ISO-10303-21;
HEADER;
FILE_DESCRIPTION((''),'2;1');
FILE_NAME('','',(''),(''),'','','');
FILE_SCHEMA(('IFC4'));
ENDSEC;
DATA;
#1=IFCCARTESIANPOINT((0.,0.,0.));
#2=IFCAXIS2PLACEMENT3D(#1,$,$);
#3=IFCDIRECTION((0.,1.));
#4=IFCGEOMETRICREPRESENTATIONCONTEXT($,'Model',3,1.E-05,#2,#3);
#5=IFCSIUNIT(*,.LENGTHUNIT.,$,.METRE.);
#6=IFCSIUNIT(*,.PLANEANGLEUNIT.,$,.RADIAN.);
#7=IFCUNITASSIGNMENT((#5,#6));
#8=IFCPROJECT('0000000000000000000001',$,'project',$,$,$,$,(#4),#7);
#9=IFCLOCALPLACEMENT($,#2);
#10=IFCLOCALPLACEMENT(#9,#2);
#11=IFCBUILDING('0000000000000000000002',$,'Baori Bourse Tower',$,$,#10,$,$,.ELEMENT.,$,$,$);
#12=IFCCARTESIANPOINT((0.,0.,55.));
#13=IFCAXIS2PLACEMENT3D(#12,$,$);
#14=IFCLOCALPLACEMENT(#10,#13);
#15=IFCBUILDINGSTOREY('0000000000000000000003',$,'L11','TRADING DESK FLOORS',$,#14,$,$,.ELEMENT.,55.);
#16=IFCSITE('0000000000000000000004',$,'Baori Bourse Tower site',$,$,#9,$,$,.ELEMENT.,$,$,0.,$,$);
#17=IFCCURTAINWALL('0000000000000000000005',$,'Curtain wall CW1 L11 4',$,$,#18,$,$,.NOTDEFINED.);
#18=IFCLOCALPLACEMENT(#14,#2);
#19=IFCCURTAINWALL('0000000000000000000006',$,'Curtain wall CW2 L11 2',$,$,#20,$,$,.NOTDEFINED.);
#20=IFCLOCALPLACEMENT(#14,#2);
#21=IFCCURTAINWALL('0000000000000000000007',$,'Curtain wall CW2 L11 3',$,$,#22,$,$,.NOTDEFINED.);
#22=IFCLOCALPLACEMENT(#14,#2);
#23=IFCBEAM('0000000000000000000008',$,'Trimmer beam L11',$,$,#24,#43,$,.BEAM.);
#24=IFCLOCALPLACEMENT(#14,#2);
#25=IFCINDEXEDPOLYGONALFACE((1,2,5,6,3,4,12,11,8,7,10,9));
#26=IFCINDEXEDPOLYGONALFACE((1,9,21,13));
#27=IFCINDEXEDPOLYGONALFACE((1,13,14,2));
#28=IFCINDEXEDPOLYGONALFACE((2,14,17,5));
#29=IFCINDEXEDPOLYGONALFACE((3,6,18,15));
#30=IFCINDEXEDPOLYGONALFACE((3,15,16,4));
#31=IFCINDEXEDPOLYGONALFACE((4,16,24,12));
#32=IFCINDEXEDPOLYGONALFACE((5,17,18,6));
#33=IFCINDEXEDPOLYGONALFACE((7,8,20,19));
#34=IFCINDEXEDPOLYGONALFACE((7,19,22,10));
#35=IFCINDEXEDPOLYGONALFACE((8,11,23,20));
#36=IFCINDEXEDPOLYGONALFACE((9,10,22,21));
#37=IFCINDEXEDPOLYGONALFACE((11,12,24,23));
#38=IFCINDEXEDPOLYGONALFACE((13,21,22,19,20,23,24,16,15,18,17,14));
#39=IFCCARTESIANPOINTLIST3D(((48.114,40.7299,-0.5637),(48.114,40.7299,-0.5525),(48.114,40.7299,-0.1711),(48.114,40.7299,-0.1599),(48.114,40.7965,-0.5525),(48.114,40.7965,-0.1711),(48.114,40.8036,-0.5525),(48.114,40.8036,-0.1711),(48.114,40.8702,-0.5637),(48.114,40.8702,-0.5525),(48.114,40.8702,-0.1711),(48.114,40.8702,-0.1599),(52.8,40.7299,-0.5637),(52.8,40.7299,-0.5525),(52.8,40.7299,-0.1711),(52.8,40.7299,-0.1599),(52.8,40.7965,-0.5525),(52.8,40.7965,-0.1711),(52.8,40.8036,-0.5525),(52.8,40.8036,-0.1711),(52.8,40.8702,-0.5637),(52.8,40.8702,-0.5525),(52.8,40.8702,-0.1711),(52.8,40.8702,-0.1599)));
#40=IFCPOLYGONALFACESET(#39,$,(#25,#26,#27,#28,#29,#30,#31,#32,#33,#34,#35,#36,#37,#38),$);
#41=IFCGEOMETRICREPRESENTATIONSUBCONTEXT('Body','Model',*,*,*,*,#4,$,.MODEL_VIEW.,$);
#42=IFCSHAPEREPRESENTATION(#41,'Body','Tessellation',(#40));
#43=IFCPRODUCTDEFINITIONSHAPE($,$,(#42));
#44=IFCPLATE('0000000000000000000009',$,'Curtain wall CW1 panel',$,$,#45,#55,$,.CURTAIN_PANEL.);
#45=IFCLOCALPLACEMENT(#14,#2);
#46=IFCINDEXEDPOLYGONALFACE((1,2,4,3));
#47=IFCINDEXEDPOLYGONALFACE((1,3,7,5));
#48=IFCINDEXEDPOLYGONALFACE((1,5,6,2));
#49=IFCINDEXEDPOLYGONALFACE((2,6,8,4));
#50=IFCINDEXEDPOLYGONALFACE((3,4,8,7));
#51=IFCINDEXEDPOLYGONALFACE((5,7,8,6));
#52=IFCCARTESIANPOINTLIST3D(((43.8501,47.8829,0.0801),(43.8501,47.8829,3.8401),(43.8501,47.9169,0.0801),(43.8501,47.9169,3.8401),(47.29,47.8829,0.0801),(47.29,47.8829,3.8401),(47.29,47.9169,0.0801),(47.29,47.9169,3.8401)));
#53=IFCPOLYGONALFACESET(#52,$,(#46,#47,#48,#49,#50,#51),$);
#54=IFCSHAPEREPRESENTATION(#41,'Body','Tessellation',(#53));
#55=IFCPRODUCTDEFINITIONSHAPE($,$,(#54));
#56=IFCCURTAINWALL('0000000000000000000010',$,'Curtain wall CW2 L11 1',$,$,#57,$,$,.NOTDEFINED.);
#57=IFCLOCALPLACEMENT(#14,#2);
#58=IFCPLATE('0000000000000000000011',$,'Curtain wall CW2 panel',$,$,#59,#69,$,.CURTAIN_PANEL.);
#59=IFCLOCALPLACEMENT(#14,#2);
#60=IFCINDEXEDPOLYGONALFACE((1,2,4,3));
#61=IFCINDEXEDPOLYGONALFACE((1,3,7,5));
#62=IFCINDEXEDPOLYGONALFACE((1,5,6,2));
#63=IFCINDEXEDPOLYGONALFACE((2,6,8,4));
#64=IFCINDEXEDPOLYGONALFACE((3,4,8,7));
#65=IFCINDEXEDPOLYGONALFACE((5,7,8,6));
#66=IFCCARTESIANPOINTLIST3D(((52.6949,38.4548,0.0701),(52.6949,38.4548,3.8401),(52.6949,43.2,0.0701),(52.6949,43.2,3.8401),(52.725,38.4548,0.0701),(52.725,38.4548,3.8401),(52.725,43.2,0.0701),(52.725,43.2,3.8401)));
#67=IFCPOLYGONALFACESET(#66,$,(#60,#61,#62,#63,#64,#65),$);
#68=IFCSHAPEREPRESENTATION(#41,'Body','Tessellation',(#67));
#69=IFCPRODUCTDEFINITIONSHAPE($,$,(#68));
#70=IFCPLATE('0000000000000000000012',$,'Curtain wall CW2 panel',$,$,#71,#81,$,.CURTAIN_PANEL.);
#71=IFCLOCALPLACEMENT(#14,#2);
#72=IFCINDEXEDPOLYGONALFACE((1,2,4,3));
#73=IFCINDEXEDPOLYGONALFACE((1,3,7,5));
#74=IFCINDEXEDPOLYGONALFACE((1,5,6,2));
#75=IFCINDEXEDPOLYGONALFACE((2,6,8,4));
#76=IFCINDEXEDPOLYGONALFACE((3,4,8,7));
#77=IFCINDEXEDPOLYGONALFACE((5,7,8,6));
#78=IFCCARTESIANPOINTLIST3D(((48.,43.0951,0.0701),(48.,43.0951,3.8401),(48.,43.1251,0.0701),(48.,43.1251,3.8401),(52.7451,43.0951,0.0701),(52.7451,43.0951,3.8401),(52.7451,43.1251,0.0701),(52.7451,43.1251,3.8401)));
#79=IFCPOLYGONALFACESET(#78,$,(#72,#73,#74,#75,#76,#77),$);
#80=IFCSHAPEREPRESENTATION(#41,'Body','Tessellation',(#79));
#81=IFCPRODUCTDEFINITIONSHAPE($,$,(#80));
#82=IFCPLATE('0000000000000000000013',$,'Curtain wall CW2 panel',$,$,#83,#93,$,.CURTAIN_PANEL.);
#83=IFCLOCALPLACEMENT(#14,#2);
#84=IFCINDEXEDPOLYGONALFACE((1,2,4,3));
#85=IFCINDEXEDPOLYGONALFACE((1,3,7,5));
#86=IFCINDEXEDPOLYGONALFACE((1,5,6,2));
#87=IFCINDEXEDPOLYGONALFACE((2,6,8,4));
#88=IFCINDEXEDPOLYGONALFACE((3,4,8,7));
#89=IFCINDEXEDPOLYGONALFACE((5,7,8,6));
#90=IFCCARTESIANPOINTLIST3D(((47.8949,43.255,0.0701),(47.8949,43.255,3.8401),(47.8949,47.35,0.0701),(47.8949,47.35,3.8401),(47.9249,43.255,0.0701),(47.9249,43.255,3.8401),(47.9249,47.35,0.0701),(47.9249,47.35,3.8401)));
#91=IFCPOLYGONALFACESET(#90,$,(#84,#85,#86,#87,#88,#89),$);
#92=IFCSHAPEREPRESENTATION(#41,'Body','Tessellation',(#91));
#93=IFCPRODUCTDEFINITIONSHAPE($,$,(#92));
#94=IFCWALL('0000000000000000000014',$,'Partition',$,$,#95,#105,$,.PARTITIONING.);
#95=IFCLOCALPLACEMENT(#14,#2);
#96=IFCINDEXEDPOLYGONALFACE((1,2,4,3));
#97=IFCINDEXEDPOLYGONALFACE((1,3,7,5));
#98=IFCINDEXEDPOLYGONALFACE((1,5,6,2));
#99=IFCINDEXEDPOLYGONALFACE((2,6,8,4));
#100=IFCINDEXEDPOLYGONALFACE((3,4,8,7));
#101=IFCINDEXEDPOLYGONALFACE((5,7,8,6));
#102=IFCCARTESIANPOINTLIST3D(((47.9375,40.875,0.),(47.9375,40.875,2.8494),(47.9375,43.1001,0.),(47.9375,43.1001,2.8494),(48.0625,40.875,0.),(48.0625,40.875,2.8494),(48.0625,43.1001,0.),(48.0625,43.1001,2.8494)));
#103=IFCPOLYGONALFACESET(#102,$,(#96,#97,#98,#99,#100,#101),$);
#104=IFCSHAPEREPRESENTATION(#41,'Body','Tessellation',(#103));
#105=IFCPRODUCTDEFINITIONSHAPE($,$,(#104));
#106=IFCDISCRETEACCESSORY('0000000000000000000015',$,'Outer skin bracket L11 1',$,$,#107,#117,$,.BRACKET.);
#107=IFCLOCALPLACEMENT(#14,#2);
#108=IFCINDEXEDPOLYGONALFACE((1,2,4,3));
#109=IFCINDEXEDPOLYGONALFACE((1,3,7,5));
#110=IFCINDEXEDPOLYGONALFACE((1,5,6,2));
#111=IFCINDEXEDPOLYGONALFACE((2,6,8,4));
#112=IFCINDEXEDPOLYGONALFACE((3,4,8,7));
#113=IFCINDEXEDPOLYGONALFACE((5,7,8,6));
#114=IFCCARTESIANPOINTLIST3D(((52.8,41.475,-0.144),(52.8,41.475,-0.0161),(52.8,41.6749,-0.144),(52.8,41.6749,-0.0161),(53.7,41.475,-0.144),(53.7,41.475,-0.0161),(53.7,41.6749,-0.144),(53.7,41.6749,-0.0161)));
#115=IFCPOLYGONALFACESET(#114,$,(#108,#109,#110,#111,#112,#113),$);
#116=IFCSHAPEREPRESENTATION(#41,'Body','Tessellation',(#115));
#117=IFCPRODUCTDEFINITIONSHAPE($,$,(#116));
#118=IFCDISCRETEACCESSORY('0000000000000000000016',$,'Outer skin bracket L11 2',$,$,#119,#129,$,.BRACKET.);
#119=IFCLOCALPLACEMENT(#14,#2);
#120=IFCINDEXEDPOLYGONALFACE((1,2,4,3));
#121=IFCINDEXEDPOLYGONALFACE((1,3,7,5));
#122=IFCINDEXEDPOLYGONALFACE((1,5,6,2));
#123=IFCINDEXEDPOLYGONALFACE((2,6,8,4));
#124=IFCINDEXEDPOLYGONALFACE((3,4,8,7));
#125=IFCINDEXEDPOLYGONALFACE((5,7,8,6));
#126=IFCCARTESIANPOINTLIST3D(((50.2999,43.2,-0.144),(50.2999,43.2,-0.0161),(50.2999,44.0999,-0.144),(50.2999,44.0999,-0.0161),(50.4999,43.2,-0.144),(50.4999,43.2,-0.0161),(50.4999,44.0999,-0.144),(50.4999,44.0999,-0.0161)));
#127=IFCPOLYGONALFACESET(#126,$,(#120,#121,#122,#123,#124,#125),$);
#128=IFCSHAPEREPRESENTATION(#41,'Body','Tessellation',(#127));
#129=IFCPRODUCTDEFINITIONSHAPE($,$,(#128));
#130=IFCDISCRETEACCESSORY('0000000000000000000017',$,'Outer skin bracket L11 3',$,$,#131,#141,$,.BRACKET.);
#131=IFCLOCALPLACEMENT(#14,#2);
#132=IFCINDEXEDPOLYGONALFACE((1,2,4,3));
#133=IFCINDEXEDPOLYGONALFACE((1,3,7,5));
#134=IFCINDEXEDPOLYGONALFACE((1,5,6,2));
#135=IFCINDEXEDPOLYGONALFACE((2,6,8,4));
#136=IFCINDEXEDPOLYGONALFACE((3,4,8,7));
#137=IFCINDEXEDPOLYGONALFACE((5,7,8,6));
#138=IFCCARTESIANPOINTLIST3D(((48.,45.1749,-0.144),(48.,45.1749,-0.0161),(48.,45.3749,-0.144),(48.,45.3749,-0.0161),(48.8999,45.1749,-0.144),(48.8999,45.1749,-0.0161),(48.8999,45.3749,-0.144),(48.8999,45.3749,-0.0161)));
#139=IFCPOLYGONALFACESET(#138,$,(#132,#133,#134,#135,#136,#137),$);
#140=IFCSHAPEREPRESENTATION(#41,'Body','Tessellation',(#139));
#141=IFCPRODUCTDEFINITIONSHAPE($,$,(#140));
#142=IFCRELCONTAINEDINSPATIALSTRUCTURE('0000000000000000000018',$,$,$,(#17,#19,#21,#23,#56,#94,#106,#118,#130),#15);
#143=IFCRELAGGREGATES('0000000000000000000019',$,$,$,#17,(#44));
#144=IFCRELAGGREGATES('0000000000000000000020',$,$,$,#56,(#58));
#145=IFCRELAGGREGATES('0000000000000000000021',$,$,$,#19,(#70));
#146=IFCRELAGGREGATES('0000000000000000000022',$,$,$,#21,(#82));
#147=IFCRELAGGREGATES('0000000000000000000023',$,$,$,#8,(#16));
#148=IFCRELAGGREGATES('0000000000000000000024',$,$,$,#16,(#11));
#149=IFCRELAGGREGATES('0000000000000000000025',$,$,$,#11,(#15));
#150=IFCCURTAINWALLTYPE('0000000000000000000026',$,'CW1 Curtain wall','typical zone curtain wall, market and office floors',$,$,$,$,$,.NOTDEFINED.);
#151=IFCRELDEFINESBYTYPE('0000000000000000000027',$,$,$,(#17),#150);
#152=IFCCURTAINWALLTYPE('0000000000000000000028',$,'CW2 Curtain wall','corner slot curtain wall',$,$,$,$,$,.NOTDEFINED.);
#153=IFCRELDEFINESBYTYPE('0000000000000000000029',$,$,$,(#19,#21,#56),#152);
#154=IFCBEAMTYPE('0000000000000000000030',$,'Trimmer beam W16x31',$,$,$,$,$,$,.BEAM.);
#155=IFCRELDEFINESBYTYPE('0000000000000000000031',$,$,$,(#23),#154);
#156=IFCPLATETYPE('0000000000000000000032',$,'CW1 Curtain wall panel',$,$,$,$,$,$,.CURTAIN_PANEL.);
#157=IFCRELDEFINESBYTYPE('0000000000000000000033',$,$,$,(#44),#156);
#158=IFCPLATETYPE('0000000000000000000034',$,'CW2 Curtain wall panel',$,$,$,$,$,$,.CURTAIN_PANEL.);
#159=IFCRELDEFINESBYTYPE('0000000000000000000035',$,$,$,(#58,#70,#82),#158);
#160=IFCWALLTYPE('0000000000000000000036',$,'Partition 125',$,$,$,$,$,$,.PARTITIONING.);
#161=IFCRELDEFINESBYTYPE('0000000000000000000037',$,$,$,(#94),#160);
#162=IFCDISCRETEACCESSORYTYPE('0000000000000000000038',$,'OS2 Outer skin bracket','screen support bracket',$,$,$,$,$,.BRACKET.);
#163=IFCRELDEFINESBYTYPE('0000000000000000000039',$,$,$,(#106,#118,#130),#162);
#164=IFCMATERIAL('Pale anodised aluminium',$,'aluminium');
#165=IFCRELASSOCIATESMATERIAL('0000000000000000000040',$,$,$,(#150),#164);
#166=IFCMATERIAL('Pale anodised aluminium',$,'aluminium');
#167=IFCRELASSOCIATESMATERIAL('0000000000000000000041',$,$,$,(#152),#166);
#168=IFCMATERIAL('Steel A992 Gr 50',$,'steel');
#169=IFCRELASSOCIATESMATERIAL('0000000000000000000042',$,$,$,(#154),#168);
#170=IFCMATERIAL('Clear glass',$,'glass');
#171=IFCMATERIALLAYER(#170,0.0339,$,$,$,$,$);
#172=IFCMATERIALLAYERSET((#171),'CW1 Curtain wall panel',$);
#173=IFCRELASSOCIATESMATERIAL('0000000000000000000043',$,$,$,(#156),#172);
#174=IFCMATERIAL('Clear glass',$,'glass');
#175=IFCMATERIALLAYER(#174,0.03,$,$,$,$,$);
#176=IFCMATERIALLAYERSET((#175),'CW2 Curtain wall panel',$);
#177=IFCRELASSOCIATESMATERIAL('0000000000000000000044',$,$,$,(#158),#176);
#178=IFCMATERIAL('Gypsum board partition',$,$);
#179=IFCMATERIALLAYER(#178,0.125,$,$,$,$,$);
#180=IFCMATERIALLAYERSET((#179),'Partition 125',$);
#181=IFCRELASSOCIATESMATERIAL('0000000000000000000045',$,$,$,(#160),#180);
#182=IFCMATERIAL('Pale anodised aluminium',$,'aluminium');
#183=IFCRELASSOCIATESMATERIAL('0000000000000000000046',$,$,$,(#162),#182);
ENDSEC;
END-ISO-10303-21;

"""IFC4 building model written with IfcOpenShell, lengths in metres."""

from ifc_helpers import new_model, si_unit, direction, frame, frame_2d, origin, origin_2d, place, context, subcontext, project, spatial, rectangle, i_section, extrude, material, layer, layer_set, material_profile, profile_set, type_object, element, aggregate, save


model = new_model("IFC4")

# Units and contexts
model_context = context("Model", 3, precision=1e-05, world=origin(), true_north=direction((0.0, 1.0)))
body_context = subcontext(model_context, "Body", "Model", "MODEL_VIEW")
ifc_project = project(units=[si_unit("LENGTHUNIT", "METRE"), si_unit("PLANEANGLEUNIT", "RADIAN")], contexts=[model_context])

# Site, building, storey
site_placement = place(None, origin())
site = spatial("IfcSite", under=ifc_project, at=site_placement, Name="Baori Bourse Tower site", CompositionType="ELEMENT", RefElevation=0.0)
building_placement = place(site_placement, origin())
building = spatial("IfcBuilding", under=site, at=building_placement, Name="Baori Bourse Tower", CompositionType="ELEMENT")
storey_placement = place(building_placement, frame((0.0, 0.0, 55.0)))
storey = spatial("IfcBuildingStorey", under=building, at=storey_placement, Name="L11", Description="TRADING DESK FLOORS", CompositionType="ELEMENT", Elevation=55.0)

# Curtain wall
ifc_material_1 = material(Name="Pale anodised aluminium", Category="aluminium")
curtain_wall_type_1 = type_object("IfcCurtainWallType", Name="CW1 Curtain wall", Description="typical zone curtain wall, market and office floors", PredefinedType="NOTDEFINED", material=ifc_material_1)
curtain_wall_1_placement = place(storey_placement, origin())
curtain_wall_1 = element("IfcCurtainWall", 1, at=curtain_wall_1_placement, inside=storey, type_object=curtain_wall_type_1, Name="Curtain wall CW1 L11 4", PredefinedType="NOTDEFINED")

# Curtain walls
ifc_material_2 = material(Name="Pale anodised aluminium", Category="aluminium")
curtain_wall_type_2 = type_object("IfcCurtainWallType", Name="CW2 Curtain wall", Description="corner slot curtain wall", PredefinedType="NOTDEFINED", material=ifc_material_2)
curtain_wall_2_placement = place(storey_placement, origin())
curtain_wall_2 = element("IfcCurtainWall", 2, at=curtain_wall_2_placement, inside=storey, type_object=curtain_wall_type_2, Name="Curtain wall CW2 L11 2", PredefinedType="NOTDEFINED")
curtain_wall_3_placement = place(storey_placement, origin())
curtain_wall_3 = element("IfcCurtainWall", 3, at=curtain_wall_3_placement, inside=storey, type_object=curtain_wall_type_2, Name="Curtain wall CW2 L11 3", PredefinedType="NOTDEFINED")

# Beam
ifc_material_3 = material(Name="Steel A992 Gr 50", Category="steel")
ifc_material_profile_1 = material_profile(ifc_material_3, i_section(OverallWidth=0.1404, OverallDepth=0.4038, WebThickness=0.0071, FlangeThickness=0.0112, at=origin_2d()), Name="W16x31")
ifc_profile_set_1 = profile_set([ifc_material_profile_1], Name="Steel A992 Gr 50")
beam_type_1 = type_object("IfcBeamType", Name="Trimmer beam W16x31", PredefinedType="BEAM", material=ifc_profile_set_1)
beam_1_placement = place(storey_placement, frame((48.114, 40.8, -0.3618), z_axis=(1.0, 0.0, 0.0), x_axis=(0.0, 1.0, 0.0)))
element("IfcBeam", 4, at=beam_1_placement, inside=storey, type_object=beam_type_1, Name="Trimmer beam L11", PredefinedType="BEAM", context=body_context, shape_type="SweptSolid", body=[
    extrude(i_section(OverallWidth=0.1404, OverallDepth=0.4038, WebThickness=0.0071, FlangeThickness=0.0112, at=origin_2d()), origin(), (0.0, 0.0, 1.0), 4.686),
])

# Plate
ifc_material_4 = material(Name="Clear glass", Category="glass")
ifc_layer_1 = layer(ifc_material_4, 0.0339)
ifc_layer_set_1 = layer_set([ifc_layer_1], Name="CW1 Curtain wall panel")
plate_type_1 = type_object("IfcPlateType", Name="CW1 Curtain wall panel", PredefinedType="CURTAIN_PANEL", material=ifc_layer_set_1)
plate_1_placement = place(storey_placement, frame((45.5701, 47.8999, 0.0801), z_axis=(0.0, 0.0, 1.0), x_axis=(-1.0, 0.0, 0.0)))
plate_1 = element("IfcPlate", 5, at=plate_1_placement, type_object=plate_type_1, Name="Curtain wall CW1 panel", PredefinedType="CURTAIN_PANEL", context=body_context, shape_type="SweptSolid", body=[
    extrude(rectangle(XDim=3.4399, YDim=0.0339, at=origin_2d()), origin(), (0.0, 0.0, 1.0), 3.76),
])
aggregate(curtain_wall_1, [plate_1])

# Curtain wall, plate
curtain_wall_4_placement = place(storey_placement, origin())
curtain_wall_4 = element("IfcCurtainWall", 6, at=curtain_wall_4_placement, inside=storey, type_object=curtain_wall_type_2, Name="Curtain wall CW2 L11 1", PredefinedType="NOTDEFINED")
ifc_material_5 = material(Name="Clear glass", Category="glass")
ifc_layer_2 = layer(ifc_material_5, 0.03)
ifc_layer_set_2 = layer_set([ifc_layer_2], Name="CW2 Curtain wall panel")
plate_type_2 = type_object("IfcPlateType", Name="CW2 Curtain wall panel", PredefinedType="CURTAIN_PANEL", material=ifc_layer_set_2)
plate_2_placement = place(storey_placement, frame((52.71, 40.8274, 0.0701), z_axis=(0.0, 0.0, 1.0), x_axis=(0.0, 1.0, 0.0)))
plate_2 = element("IfcPlate", 7, at=plate_2_placement, type_object=plate_type_2, Name="Curtain wall CW2 panel", PredefinedType="CURTAIN_PANEL", context=body_context, shape_type="SweptSolid", body=[
    extrude(rectangle(XDim=4.7451, YDim=0.03, at=origin_2d()), origin(), (0.0, 0.0, 1.0), 3.77),
])
aggregate(curtain_wall_4, [plate_2])

# Plates
plate_3_placement = place(storey_placement, frame((50.3726, 43.1101, 0.0701), z_axis=(0.0, 0.0, 1.0), x_axis=(-1.0, 0.0, 0.0)))
plate_3 = element("IfcPlate", 8, at=plate_3_placement, type_object=plate_type_2, Name="Curtain wall CW2 panel", PredefinedType="CURTAIN_PANEL", context=body_context, shape_type="SweptSolid", body=[
    extrude(rectangle(XDim=4.7451, YDim=0.03, at=origin_2d()), origin(), (0.0, 0.0, 1.0), 3.77),
])
aggregate(curtain_wall_2, [plate_3])
plate_4_placement = place(storey_placement, frame((47.9099, 45.3025, 0.0701), z_axis=(0.0, 0.0, 1.0), x_axis=(0.0, 1.0, 0.0)))
plate_4 = element("IfcPlate", 9, at=plate_4_placement, type_object=plate_type_2, Name="Curtain wall CW2 panel", PredefinedType="CURTAIN_PANEL", context=body_context, shape_type="SweptSolid", body=[
    extrude(rectangle(XDim=4.095, YDim=0.03, at=origin_2d()), origin(), (0.0, 0.0, 1.0), 3.77),
])
aggregate(curtain_wall_3, [plate_4])

# Wall
ifc_material_6 = material(Name="Gypsum board partition")
ifc_layer_3 = layer(ifc_material_6, 0.125)
ifc_layer_set_3 = layer_set([ifc_layer_3], Name="Partition 125")
wall_type = type_object("IfcWallType", Name="Partition 125", PredefinedType="PARTITIONING", material=ifc_layer_set_3)
wall_placement = place(storey_placement, frame((48.0, 40.875, 0.0), z_axis=(0.0, 0.0, 1.0), x_axis=(0.0, 1.0, 0.0)))
element("IfcWall", 10, at=wall_placement, inside=storey, type_object=wall_type, Name="Partition", PredefinedType="PARTITIONING", context=body_context, shape_type="SweptSolid", body=[
    extrude(rectangle(XDim=2.2251, YDim=0.125, at=frame_2d((1.1125, 0.0))), origin(), (0.0, 0.0, 1.0), 2.8494),
])

# Discrete accessories
ifc_material_7 = material(Name="Pale anodised aluminium", Category="aluminium")
discrete_accessory_type = type_object("IfcDiscreteAccessoryType", Name="OS2 Outer skin bracket", Description="screen support bracket", PredefinedType="BRACKET", material=ifc_material_7)
for number, where, z_axis, x_axis, name in (
    (11, (53.25, 41.575, -0.144), (0.0, 0.0, 1.0), (0.0, 1.0, 0.0), "Outer skin bracket L11 1"),
    (12, (50.3999, 43.6499, -0.144), (0.0, 0.0, 1.0), (-1.0, 0.0, 0.0), "Outer skin bracket L11 2"),
    (13, (48.45, 45.2749, -0.144), (0.0, 0.0, 1.0), (0.0, 1.0, 0.0), "Outer skin bracket L11 3"),
):
    element("IfcDiscreteAccessory", number, at=place(storey_placement, frame(where, z_axis=z_axis, x_axis=x_axis)), inside=storey, type_object=discrete_accessory_type, Name=name, PredefinedType="BRACKET", context=body_context, shape_type="SweptSolid", body=[
        extrude(rectangle(XDim=0.2, YDim=0.8999, at=origin_2d()), origin(), (0.0, 0.0, 1.0), 0.1279),
    ])

save(model, "model.ifc")
